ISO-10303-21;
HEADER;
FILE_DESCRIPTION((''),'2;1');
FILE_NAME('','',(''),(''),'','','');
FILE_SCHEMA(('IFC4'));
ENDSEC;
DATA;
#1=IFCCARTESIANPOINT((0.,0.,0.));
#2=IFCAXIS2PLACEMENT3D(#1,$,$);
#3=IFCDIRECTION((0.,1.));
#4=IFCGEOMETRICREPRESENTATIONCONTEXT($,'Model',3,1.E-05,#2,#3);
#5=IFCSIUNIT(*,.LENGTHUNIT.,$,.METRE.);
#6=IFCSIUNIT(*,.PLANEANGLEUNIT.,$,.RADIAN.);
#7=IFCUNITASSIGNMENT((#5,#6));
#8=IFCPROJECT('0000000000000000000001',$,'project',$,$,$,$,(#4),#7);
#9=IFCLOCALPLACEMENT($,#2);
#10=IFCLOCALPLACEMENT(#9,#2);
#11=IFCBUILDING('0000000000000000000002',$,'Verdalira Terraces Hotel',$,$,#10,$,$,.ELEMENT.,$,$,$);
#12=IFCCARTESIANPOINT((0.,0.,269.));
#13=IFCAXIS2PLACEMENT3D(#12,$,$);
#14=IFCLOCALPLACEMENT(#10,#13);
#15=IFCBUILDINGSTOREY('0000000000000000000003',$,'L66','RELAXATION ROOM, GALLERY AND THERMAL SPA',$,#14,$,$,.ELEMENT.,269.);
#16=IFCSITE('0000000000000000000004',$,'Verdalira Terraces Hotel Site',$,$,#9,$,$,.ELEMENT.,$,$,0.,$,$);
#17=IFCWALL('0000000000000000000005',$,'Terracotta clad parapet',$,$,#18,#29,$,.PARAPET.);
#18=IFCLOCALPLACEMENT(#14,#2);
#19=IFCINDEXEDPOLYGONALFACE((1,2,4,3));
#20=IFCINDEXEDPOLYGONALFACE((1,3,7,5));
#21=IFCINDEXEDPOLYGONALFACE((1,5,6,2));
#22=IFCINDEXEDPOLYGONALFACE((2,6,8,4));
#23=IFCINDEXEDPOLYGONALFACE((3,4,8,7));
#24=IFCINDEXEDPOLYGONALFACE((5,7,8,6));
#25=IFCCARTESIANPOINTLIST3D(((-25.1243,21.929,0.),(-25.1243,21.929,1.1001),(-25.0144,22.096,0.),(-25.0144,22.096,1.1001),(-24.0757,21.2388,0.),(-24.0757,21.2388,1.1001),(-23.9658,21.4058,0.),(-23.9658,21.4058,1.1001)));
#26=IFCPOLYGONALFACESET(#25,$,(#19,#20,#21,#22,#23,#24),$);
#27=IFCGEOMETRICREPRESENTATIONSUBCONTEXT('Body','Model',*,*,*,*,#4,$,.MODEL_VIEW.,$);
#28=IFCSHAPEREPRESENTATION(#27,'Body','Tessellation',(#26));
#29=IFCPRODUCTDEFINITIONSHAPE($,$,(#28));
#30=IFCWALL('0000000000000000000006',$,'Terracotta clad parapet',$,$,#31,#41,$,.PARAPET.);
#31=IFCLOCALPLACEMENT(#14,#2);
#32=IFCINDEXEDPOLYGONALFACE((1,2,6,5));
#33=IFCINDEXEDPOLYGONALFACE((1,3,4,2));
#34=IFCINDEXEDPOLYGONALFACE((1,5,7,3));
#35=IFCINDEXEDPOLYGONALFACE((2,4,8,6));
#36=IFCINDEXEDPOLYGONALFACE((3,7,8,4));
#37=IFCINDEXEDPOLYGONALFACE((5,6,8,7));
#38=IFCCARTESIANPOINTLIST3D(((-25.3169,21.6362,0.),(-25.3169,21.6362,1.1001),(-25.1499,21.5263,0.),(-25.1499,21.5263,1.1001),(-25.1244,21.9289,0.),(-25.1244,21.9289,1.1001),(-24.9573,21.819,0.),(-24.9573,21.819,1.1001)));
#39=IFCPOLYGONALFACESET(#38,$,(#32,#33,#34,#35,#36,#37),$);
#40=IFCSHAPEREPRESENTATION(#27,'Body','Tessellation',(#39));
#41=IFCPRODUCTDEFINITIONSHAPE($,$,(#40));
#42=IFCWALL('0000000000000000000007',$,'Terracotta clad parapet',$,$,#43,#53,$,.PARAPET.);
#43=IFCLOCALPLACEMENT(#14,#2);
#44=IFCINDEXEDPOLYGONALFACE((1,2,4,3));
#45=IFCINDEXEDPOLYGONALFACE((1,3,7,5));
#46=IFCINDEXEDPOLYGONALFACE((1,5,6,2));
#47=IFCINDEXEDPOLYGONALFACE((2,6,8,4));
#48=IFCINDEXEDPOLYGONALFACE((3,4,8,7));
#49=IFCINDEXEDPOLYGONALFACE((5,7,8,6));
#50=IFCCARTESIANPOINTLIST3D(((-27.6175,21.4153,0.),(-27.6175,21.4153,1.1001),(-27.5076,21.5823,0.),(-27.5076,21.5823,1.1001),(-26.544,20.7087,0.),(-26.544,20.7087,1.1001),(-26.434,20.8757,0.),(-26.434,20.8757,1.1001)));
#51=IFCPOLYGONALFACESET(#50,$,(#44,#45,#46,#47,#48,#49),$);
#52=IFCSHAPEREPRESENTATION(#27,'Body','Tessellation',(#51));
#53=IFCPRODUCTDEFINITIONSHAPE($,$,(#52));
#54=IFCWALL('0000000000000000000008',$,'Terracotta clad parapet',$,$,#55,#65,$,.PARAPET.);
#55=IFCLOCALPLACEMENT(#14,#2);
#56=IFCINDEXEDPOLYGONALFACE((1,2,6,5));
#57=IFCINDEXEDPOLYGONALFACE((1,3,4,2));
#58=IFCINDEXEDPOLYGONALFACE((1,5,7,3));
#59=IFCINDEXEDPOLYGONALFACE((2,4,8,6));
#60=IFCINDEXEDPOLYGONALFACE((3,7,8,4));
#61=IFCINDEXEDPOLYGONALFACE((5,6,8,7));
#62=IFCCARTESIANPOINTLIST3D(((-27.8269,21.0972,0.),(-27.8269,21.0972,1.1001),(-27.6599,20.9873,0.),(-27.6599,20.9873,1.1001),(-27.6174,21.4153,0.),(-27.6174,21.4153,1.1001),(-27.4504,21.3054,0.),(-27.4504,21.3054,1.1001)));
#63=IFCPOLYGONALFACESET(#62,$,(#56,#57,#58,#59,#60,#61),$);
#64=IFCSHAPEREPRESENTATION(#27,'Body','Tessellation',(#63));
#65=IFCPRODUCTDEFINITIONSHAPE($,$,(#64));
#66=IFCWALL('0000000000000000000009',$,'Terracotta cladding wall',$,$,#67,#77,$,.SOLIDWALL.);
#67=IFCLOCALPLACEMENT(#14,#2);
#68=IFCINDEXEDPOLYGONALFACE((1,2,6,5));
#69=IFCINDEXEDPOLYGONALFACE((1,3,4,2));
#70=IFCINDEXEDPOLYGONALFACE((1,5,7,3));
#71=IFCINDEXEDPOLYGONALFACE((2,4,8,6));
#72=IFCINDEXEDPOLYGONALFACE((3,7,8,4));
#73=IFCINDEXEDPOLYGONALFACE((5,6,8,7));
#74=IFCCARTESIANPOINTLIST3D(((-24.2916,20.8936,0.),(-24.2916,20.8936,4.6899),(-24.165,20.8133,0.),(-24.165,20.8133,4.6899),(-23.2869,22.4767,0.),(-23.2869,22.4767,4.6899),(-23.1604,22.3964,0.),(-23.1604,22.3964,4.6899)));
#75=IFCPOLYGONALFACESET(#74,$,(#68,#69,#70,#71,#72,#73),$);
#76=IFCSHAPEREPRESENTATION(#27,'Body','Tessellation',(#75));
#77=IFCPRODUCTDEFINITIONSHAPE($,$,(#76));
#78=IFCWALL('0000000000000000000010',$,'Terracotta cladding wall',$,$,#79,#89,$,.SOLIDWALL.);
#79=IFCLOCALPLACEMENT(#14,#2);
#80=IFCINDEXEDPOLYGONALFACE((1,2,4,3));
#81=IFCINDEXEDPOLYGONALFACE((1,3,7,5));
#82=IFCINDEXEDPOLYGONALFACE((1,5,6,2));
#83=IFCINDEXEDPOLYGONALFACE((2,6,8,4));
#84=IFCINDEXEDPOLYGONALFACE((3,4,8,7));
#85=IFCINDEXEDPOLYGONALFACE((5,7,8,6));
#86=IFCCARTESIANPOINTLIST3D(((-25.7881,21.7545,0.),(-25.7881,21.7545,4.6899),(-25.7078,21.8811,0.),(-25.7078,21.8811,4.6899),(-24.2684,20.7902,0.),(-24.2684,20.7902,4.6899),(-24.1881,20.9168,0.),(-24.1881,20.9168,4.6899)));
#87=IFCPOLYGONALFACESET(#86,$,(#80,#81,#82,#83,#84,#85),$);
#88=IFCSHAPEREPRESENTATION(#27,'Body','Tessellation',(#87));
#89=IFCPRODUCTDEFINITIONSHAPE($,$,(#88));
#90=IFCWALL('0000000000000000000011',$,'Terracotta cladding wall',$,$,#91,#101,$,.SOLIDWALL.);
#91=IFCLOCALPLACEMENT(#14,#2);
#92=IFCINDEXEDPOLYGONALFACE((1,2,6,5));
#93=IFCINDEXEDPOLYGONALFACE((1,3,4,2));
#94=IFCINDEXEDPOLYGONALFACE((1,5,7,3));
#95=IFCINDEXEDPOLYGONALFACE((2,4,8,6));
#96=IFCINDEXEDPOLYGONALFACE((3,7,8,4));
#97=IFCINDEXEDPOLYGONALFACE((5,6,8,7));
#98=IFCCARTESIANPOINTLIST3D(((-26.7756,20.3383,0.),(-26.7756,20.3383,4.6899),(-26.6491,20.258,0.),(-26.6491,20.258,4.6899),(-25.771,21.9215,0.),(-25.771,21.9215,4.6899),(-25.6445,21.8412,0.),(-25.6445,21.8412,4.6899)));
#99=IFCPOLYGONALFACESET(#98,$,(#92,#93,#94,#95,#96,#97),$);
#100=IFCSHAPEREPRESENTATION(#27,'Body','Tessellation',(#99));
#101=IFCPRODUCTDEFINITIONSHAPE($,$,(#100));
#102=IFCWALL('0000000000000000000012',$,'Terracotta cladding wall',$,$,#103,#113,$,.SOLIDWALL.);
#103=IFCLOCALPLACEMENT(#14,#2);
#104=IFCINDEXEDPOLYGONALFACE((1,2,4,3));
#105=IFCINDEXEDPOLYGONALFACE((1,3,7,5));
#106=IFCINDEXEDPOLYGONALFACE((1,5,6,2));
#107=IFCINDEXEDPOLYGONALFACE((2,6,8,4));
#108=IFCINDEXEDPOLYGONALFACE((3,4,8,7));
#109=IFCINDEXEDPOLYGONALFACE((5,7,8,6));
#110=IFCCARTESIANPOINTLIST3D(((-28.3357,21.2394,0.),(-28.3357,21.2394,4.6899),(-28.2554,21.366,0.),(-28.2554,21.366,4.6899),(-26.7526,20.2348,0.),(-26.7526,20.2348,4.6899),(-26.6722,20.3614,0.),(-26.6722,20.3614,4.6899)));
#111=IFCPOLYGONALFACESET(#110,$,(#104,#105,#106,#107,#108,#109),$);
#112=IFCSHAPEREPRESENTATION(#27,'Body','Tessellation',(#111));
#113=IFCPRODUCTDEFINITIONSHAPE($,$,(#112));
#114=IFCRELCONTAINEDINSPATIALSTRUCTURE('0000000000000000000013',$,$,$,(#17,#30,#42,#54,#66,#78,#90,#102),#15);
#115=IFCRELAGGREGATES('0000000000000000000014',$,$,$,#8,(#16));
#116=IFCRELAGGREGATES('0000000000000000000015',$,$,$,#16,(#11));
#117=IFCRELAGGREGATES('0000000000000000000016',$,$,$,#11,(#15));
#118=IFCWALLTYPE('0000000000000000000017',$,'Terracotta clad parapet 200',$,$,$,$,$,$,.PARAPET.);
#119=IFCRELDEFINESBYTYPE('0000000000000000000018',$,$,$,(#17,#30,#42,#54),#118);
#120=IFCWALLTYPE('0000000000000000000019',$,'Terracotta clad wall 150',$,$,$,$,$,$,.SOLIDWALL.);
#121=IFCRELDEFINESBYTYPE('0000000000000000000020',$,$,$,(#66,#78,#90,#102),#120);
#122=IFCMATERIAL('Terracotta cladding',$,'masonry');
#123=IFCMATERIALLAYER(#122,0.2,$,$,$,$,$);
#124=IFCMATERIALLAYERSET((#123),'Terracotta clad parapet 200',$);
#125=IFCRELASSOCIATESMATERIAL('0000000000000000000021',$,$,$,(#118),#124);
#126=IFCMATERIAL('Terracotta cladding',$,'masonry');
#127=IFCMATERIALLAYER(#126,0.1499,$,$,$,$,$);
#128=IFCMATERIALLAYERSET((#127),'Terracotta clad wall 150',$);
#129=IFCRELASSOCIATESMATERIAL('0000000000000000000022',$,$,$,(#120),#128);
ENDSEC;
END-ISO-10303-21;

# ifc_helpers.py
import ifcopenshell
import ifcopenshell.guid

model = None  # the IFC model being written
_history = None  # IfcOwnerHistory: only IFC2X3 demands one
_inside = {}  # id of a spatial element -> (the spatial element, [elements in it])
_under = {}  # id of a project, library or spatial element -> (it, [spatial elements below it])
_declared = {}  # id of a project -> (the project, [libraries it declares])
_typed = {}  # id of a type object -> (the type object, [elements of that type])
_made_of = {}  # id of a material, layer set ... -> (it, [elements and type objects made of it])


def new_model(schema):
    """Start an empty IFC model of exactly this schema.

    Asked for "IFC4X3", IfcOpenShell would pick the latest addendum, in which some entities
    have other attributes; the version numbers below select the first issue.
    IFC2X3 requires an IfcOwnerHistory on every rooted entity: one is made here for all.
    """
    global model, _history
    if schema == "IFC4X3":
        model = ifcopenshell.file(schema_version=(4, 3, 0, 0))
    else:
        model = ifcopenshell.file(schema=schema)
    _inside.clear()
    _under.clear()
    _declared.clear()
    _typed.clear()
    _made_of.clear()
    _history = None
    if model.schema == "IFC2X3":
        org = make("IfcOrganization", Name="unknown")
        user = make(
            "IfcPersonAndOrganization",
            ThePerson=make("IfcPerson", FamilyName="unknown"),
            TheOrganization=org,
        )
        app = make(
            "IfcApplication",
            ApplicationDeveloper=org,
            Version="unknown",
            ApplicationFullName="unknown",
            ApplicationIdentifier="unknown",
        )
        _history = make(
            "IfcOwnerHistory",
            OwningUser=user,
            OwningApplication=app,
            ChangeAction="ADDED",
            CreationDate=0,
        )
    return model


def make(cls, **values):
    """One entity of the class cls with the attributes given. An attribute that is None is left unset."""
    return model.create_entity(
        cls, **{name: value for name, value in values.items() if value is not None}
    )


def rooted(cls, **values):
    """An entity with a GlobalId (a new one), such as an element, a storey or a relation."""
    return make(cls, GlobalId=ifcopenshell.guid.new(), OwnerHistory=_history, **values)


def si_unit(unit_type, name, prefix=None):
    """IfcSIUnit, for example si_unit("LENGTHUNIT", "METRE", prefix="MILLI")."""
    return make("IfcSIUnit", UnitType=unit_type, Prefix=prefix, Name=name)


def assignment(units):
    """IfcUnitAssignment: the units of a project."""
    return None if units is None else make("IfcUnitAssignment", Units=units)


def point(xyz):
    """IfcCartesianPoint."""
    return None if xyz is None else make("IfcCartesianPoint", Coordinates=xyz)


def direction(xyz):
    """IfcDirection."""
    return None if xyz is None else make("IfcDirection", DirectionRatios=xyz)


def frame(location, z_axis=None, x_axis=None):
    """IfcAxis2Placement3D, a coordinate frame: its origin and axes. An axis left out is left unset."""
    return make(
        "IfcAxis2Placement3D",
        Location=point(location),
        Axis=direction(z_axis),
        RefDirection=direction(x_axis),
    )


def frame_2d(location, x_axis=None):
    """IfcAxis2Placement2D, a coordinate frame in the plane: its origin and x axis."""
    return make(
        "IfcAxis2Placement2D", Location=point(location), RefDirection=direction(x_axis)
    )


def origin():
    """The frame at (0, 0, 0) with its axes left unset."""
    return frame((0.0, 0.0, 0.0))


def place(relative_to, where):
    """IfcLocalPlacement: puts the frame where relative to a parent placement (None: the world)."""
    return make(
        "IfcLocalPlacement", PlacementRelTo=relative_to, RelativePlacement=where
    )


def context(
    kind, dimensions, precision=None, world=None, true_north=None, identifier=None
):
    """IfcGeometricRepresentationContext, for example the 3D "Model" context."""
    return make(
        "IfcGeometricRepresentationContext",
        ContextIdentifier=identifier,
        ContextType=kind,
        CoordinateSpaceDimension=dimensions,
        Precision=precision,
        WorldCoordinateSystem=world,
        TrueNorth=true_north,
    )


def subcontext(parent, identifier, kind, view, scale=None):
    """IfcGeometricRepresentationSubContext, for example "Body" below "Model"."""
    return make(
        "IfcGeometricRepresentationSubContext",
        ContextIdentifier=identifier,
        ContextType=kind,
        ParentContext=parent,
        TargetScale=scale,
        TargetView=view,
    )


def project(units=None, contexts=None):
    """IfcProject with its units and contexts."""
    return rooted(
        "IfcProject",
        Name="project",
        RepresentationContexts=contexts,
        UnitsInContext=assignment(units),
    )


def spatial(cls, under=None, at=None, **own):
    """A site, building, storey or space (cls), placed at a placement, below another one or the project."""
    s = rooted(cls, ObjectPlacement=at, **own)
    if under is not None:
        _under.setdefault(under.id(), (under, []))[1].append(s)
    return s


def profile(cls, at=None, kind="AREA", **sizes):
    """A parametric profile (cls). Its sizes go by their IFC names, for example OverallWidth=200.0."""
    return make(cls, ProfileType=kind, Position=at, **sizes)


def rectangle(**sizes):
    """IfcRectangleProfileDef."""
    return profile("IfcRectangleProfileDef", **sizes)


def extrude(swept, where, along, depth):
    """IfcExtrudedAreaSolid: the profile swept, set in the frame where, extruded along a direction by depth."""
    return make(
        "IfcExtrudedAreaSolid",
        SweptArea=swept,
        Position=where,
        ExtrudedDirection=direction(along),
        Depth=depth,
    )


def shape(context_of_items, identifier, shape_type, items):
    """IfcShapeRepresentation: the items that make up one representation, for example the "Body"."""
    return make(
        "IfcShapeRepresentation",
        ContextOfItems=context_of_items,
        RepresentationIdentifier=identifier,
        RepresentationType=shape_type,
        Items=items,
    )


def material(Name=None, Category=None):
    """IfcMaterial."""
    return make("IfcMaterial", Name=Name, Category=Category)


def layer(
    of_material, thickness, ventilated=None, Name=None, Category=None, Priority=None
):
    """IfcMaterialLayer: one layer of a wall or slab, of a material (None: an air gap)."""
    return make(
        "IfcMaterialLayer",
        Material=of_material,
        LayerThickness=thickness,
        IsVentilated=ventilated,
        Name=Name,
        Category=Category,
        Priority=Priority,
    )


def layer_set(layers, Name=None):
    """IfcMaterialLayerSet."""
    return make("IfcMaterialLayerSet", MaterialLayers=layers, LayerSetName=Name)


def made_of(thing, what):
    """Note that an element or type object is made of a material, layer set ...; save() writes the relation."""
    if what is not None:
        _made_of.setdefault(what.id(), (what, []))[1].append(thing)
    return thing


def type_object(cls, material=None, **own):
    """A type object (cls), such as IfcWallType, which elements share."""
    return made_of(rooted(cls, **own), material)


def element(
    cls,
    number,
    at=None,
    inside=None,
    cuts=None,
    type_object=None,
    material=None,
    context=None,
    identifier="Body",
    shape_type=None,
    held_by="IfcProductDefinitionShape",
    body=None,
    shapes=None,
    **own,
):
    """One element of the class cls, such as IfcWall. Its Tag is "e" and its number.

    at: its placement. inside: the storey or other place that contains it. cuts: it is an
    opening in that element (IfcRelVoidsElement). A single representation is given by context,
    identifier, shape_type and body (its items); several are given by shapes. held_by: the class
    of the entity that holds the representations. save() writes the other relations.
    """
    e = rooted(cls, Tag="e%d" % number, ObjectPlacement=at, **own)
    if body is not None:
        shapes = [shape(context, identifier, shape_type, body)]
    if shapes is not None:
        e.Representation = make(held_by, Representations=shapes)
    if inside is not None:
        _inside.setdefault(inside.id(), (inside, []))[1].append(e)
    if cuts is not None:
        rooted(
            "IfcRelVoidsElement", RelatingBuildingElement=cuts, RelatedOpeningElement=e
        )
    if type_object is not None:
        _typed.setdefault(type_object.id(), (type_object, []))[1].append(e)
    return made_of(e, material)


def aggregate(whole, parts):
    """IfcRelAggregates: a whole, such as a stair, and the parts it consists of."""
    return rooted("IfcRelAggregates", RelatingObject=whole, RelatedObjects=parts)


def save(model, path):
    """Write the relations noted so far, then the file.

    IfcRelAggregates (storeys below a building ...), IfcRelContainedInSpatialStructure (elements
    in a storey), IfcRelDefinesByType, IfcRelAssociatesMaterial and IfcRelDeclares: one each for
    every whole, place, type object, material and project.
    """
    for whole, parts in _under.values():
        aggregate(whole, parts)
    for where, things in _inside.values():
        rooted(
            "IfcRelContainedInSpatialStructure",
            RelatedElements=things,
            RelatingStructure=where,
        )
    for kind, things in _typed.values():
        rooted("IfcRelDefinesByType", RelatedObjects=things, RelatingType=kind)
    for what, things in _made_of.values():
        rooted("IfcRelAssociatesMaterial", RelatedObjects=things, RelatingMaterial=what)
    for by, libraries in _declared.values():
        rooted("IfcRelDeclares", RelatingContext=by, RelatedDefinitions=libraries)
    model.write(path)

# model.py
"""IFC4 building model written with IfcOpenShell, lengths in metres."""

from ifc_helpers import new_model, si_unit, direction, frame, frame_2d, origin, place, context, subcontext, project, spatial, rectangle, extrude, material, layer, layer_set, type_object, element, save


model = new_model("IFC4")

# Units and contexts
model_context = context("Model", 3, precision=1e-05, world=origin(), true_north=direction((0.0, 1.0)))
body_context = subcontext(model_context, "Body", "Model", "MODEL_VIEW")
ifc_project = project(units=[si_unit("LENGTHUNIT", "METRE"), si_unit("PLANEANGLEUNIT", "RADIAN")], contexts=[model_context])

# Site, building, storey
site_placement = place(None, origin())
site = spatial("IfcSite", under=ifc_project, at=site_placement, Name="Verdalira Terraces Hotel Site", CompositionType="ELEMENT", RefElevation=0.0)
building_placement = place(site_placement, origin())
building = spatial("IfcBuilding", under=site, at=building_placement, Name="Verdalira Terraces Hotel", CompositionType="ELEMENT")
storey_placement = place(building_placement, frame((0.0, 0.0, 269.0)))
storey = spatial("IfcBuildingStorey", under=building, at=storey_placement, Name="L66", Description="RELAXATION ROOM, GALLERY AND THERMAL SPA", CompositionType="ELEMENT", Elevation=269.0)

# Walls
ifc_material_1 = material(Name="Terracotta cladding", Category="masonry")
ifc_layer_1 = layer(ifc_material_1, 0.2)
ifc_layer_set_1 = layer_set([ifc_layer_1], Name="Terracotta clad parapet 200")
wall_type_1 = type_object("IfcWallType", Name="Terracotta clad parapet 200", PredefinedType="PARAPET", material=ifc_layer_set_1)
wall_1_placement = place(storey_placement, frame((-24.0208, 21.3223, 0.0), z_axis=(0.0, 0.0, 1.0), x_axis=(-0.835297, 0.549799, 0.0)))
element("IfcWall", 1, at=wall_1_placement, inside=storey, type_object=wall_type_1, Name="Terracotta clad parapet", PredefinedType="PARAPET", context=body_context, shape_type="SweptSolid", body=[
    extrude(rectangle(XDim=1.2554, YDim=0.2, at=frame_2d((0.6277, 0.0))), origin(), (0.0, 0.0, 1.0), 1.1001),
])
wall_2_placement = place(storey_placement, frame((-25.0408, 21.874, 0.0), z_axis=(0.0, 0.0, 1.0), x_axis=(-0.549706, -0.835358, 0.0)))
element("IfcWall", 2, at=wall_2_placement, inside=storey, type_object=wall_type_1, Name="Terracotta clad parapet", PredefinedType="PARAPET", context=body_context, shape_type="SweptSolid", body=[
    extrude(rectangle(XDim=0.3503, YDim=0.2, at=frame_2d((0.1753, 0.0))), origin(), (0.0, 0.0, 1.0), 1.1001),
])
wall_3_placement = place(storey_placement, frame((-26.489, 20.7922, 0.0), z_axis=(0.0, 0.0, 1.0), x_axis=(-0.835309, 0.54978, 0.0)))
element("IfcWall", 3, at=wall_3_placement, inside=storey, type_object=wall_type_1, Name="Terracotta clad parapet", PredefinedType="PARAPET", context=body_context, shape_type="SweptSolid", body=[
    extrude(rectangle(XDim=1.2852, YDim=0.2, at=frame_2d((0.6426, 0.0))), origin(), (0.0, 0.0, 1.0), 1.1001),
])
wall_4_placement = place(storey_placement, frame((-27.5339, 21.3604, 0.0), z_axis=(0.0, 0.0, 1.0), x_axis=(-0.549958, -0.835192, 0.0)))
element("IfcWall", 4, at=wall_4_placement, inside=storey, type_object=wall_type_1, Name="Terracotta clad parapet", PredefinedType="PARAPET", context=body_context, shape_type="SweptSolid", body=[
    extrude(rectangle(XDim=0.3809, YDim=0.2, at=frame_2d((0.1904, 0.0))), origin(), (0.0, 0.0, 1.0), 1.1001),
])
ifc_material_2 = material(Name="Terracotta cladding", Category="masonry")
ifc_layer_2 = layer(ifc_material_2, 0.1499)
ifc_layer_set_2 = layer_set([ifc_layer_2], Name="Terracotta clad wall 150")
wall_type_2 = type_object("IfcWallType", Name="Terracotta clad wall 150", PredefinedType="SOLIDWALL", material=ifc_layer_set_2)
wall_5_placement = place(storey_placement, frame((-23.2236, 22.4365, 0.0), z_axis=(0.0, 0.0, 1.0), x_axis=(-0.535839, -0.84432, 0.0)))
element("IfcWall", 5, at=wall_5_placement, inside=storey, type_object=wall_type_2, Name="Terracotta cladding wall", PredefinedType="SOLIDWALL", context=body_context, shape_type="SweptSolid", body=[
    extrude(rectangle(XDim=1.875, YDim=0.1499, at=frame_2d((0.9375, 0.0))), origin(), (0.0, 0.0, 1.0), 4.6899),
])
wall_6_placement = place(storey_placement, frame((-24.2283, 20.8535, 0.0), z_axis=(0.0, 0.0, 1.0), x_axis=(-0.844359, 0.535778, 0.0)))
element("IfcWall", 6, at=wall_6_placement, inside=storey, type_object=wall_type_2, Name="Terracotta cladding wall", PredefinedType="SOLIDWALL", context=body_context, shape_type="SweptSolid", body=[
    extrude(rectangle(XDim=1.7998, YDim=0.1499, at=frame_2d((0.8999, 0.0))), origin(), (0.0, 0.0, 1.0), 4.6899),
])
for number, where, z_axis, x_axis, name in (
    (7, (-25.7078, 21.8813, 0.0), (0.0, 0.0, 1.0), (-0.53578, -0.844358, 0.0), "Terracotta cladding wall"),
    (8, (-26.7124, 20.2981, 0.0), (0.0, 0.0, 1.0), (-0.844358, 0.53578, 0.0), "Terracotta cladding wall"),
):
    element("IfcWall", number, at=place(storey_placement, frame(where, z_axis=z_axis, x_axis=x_axis)), inside=storey, type_object=wall_type_2, Name=name, PredefinedType="SOLIDWALL", context=body_context, shape_type="SweptSolid", body=[
        extrude(rectangle(XDim=1.875, YDim=0.1499, at=frame_2d((0.9375, 0.0))), origin(), (0.0, 0.0, 1.0), 4.6899),
    ])

save(model, "model.ifc")
